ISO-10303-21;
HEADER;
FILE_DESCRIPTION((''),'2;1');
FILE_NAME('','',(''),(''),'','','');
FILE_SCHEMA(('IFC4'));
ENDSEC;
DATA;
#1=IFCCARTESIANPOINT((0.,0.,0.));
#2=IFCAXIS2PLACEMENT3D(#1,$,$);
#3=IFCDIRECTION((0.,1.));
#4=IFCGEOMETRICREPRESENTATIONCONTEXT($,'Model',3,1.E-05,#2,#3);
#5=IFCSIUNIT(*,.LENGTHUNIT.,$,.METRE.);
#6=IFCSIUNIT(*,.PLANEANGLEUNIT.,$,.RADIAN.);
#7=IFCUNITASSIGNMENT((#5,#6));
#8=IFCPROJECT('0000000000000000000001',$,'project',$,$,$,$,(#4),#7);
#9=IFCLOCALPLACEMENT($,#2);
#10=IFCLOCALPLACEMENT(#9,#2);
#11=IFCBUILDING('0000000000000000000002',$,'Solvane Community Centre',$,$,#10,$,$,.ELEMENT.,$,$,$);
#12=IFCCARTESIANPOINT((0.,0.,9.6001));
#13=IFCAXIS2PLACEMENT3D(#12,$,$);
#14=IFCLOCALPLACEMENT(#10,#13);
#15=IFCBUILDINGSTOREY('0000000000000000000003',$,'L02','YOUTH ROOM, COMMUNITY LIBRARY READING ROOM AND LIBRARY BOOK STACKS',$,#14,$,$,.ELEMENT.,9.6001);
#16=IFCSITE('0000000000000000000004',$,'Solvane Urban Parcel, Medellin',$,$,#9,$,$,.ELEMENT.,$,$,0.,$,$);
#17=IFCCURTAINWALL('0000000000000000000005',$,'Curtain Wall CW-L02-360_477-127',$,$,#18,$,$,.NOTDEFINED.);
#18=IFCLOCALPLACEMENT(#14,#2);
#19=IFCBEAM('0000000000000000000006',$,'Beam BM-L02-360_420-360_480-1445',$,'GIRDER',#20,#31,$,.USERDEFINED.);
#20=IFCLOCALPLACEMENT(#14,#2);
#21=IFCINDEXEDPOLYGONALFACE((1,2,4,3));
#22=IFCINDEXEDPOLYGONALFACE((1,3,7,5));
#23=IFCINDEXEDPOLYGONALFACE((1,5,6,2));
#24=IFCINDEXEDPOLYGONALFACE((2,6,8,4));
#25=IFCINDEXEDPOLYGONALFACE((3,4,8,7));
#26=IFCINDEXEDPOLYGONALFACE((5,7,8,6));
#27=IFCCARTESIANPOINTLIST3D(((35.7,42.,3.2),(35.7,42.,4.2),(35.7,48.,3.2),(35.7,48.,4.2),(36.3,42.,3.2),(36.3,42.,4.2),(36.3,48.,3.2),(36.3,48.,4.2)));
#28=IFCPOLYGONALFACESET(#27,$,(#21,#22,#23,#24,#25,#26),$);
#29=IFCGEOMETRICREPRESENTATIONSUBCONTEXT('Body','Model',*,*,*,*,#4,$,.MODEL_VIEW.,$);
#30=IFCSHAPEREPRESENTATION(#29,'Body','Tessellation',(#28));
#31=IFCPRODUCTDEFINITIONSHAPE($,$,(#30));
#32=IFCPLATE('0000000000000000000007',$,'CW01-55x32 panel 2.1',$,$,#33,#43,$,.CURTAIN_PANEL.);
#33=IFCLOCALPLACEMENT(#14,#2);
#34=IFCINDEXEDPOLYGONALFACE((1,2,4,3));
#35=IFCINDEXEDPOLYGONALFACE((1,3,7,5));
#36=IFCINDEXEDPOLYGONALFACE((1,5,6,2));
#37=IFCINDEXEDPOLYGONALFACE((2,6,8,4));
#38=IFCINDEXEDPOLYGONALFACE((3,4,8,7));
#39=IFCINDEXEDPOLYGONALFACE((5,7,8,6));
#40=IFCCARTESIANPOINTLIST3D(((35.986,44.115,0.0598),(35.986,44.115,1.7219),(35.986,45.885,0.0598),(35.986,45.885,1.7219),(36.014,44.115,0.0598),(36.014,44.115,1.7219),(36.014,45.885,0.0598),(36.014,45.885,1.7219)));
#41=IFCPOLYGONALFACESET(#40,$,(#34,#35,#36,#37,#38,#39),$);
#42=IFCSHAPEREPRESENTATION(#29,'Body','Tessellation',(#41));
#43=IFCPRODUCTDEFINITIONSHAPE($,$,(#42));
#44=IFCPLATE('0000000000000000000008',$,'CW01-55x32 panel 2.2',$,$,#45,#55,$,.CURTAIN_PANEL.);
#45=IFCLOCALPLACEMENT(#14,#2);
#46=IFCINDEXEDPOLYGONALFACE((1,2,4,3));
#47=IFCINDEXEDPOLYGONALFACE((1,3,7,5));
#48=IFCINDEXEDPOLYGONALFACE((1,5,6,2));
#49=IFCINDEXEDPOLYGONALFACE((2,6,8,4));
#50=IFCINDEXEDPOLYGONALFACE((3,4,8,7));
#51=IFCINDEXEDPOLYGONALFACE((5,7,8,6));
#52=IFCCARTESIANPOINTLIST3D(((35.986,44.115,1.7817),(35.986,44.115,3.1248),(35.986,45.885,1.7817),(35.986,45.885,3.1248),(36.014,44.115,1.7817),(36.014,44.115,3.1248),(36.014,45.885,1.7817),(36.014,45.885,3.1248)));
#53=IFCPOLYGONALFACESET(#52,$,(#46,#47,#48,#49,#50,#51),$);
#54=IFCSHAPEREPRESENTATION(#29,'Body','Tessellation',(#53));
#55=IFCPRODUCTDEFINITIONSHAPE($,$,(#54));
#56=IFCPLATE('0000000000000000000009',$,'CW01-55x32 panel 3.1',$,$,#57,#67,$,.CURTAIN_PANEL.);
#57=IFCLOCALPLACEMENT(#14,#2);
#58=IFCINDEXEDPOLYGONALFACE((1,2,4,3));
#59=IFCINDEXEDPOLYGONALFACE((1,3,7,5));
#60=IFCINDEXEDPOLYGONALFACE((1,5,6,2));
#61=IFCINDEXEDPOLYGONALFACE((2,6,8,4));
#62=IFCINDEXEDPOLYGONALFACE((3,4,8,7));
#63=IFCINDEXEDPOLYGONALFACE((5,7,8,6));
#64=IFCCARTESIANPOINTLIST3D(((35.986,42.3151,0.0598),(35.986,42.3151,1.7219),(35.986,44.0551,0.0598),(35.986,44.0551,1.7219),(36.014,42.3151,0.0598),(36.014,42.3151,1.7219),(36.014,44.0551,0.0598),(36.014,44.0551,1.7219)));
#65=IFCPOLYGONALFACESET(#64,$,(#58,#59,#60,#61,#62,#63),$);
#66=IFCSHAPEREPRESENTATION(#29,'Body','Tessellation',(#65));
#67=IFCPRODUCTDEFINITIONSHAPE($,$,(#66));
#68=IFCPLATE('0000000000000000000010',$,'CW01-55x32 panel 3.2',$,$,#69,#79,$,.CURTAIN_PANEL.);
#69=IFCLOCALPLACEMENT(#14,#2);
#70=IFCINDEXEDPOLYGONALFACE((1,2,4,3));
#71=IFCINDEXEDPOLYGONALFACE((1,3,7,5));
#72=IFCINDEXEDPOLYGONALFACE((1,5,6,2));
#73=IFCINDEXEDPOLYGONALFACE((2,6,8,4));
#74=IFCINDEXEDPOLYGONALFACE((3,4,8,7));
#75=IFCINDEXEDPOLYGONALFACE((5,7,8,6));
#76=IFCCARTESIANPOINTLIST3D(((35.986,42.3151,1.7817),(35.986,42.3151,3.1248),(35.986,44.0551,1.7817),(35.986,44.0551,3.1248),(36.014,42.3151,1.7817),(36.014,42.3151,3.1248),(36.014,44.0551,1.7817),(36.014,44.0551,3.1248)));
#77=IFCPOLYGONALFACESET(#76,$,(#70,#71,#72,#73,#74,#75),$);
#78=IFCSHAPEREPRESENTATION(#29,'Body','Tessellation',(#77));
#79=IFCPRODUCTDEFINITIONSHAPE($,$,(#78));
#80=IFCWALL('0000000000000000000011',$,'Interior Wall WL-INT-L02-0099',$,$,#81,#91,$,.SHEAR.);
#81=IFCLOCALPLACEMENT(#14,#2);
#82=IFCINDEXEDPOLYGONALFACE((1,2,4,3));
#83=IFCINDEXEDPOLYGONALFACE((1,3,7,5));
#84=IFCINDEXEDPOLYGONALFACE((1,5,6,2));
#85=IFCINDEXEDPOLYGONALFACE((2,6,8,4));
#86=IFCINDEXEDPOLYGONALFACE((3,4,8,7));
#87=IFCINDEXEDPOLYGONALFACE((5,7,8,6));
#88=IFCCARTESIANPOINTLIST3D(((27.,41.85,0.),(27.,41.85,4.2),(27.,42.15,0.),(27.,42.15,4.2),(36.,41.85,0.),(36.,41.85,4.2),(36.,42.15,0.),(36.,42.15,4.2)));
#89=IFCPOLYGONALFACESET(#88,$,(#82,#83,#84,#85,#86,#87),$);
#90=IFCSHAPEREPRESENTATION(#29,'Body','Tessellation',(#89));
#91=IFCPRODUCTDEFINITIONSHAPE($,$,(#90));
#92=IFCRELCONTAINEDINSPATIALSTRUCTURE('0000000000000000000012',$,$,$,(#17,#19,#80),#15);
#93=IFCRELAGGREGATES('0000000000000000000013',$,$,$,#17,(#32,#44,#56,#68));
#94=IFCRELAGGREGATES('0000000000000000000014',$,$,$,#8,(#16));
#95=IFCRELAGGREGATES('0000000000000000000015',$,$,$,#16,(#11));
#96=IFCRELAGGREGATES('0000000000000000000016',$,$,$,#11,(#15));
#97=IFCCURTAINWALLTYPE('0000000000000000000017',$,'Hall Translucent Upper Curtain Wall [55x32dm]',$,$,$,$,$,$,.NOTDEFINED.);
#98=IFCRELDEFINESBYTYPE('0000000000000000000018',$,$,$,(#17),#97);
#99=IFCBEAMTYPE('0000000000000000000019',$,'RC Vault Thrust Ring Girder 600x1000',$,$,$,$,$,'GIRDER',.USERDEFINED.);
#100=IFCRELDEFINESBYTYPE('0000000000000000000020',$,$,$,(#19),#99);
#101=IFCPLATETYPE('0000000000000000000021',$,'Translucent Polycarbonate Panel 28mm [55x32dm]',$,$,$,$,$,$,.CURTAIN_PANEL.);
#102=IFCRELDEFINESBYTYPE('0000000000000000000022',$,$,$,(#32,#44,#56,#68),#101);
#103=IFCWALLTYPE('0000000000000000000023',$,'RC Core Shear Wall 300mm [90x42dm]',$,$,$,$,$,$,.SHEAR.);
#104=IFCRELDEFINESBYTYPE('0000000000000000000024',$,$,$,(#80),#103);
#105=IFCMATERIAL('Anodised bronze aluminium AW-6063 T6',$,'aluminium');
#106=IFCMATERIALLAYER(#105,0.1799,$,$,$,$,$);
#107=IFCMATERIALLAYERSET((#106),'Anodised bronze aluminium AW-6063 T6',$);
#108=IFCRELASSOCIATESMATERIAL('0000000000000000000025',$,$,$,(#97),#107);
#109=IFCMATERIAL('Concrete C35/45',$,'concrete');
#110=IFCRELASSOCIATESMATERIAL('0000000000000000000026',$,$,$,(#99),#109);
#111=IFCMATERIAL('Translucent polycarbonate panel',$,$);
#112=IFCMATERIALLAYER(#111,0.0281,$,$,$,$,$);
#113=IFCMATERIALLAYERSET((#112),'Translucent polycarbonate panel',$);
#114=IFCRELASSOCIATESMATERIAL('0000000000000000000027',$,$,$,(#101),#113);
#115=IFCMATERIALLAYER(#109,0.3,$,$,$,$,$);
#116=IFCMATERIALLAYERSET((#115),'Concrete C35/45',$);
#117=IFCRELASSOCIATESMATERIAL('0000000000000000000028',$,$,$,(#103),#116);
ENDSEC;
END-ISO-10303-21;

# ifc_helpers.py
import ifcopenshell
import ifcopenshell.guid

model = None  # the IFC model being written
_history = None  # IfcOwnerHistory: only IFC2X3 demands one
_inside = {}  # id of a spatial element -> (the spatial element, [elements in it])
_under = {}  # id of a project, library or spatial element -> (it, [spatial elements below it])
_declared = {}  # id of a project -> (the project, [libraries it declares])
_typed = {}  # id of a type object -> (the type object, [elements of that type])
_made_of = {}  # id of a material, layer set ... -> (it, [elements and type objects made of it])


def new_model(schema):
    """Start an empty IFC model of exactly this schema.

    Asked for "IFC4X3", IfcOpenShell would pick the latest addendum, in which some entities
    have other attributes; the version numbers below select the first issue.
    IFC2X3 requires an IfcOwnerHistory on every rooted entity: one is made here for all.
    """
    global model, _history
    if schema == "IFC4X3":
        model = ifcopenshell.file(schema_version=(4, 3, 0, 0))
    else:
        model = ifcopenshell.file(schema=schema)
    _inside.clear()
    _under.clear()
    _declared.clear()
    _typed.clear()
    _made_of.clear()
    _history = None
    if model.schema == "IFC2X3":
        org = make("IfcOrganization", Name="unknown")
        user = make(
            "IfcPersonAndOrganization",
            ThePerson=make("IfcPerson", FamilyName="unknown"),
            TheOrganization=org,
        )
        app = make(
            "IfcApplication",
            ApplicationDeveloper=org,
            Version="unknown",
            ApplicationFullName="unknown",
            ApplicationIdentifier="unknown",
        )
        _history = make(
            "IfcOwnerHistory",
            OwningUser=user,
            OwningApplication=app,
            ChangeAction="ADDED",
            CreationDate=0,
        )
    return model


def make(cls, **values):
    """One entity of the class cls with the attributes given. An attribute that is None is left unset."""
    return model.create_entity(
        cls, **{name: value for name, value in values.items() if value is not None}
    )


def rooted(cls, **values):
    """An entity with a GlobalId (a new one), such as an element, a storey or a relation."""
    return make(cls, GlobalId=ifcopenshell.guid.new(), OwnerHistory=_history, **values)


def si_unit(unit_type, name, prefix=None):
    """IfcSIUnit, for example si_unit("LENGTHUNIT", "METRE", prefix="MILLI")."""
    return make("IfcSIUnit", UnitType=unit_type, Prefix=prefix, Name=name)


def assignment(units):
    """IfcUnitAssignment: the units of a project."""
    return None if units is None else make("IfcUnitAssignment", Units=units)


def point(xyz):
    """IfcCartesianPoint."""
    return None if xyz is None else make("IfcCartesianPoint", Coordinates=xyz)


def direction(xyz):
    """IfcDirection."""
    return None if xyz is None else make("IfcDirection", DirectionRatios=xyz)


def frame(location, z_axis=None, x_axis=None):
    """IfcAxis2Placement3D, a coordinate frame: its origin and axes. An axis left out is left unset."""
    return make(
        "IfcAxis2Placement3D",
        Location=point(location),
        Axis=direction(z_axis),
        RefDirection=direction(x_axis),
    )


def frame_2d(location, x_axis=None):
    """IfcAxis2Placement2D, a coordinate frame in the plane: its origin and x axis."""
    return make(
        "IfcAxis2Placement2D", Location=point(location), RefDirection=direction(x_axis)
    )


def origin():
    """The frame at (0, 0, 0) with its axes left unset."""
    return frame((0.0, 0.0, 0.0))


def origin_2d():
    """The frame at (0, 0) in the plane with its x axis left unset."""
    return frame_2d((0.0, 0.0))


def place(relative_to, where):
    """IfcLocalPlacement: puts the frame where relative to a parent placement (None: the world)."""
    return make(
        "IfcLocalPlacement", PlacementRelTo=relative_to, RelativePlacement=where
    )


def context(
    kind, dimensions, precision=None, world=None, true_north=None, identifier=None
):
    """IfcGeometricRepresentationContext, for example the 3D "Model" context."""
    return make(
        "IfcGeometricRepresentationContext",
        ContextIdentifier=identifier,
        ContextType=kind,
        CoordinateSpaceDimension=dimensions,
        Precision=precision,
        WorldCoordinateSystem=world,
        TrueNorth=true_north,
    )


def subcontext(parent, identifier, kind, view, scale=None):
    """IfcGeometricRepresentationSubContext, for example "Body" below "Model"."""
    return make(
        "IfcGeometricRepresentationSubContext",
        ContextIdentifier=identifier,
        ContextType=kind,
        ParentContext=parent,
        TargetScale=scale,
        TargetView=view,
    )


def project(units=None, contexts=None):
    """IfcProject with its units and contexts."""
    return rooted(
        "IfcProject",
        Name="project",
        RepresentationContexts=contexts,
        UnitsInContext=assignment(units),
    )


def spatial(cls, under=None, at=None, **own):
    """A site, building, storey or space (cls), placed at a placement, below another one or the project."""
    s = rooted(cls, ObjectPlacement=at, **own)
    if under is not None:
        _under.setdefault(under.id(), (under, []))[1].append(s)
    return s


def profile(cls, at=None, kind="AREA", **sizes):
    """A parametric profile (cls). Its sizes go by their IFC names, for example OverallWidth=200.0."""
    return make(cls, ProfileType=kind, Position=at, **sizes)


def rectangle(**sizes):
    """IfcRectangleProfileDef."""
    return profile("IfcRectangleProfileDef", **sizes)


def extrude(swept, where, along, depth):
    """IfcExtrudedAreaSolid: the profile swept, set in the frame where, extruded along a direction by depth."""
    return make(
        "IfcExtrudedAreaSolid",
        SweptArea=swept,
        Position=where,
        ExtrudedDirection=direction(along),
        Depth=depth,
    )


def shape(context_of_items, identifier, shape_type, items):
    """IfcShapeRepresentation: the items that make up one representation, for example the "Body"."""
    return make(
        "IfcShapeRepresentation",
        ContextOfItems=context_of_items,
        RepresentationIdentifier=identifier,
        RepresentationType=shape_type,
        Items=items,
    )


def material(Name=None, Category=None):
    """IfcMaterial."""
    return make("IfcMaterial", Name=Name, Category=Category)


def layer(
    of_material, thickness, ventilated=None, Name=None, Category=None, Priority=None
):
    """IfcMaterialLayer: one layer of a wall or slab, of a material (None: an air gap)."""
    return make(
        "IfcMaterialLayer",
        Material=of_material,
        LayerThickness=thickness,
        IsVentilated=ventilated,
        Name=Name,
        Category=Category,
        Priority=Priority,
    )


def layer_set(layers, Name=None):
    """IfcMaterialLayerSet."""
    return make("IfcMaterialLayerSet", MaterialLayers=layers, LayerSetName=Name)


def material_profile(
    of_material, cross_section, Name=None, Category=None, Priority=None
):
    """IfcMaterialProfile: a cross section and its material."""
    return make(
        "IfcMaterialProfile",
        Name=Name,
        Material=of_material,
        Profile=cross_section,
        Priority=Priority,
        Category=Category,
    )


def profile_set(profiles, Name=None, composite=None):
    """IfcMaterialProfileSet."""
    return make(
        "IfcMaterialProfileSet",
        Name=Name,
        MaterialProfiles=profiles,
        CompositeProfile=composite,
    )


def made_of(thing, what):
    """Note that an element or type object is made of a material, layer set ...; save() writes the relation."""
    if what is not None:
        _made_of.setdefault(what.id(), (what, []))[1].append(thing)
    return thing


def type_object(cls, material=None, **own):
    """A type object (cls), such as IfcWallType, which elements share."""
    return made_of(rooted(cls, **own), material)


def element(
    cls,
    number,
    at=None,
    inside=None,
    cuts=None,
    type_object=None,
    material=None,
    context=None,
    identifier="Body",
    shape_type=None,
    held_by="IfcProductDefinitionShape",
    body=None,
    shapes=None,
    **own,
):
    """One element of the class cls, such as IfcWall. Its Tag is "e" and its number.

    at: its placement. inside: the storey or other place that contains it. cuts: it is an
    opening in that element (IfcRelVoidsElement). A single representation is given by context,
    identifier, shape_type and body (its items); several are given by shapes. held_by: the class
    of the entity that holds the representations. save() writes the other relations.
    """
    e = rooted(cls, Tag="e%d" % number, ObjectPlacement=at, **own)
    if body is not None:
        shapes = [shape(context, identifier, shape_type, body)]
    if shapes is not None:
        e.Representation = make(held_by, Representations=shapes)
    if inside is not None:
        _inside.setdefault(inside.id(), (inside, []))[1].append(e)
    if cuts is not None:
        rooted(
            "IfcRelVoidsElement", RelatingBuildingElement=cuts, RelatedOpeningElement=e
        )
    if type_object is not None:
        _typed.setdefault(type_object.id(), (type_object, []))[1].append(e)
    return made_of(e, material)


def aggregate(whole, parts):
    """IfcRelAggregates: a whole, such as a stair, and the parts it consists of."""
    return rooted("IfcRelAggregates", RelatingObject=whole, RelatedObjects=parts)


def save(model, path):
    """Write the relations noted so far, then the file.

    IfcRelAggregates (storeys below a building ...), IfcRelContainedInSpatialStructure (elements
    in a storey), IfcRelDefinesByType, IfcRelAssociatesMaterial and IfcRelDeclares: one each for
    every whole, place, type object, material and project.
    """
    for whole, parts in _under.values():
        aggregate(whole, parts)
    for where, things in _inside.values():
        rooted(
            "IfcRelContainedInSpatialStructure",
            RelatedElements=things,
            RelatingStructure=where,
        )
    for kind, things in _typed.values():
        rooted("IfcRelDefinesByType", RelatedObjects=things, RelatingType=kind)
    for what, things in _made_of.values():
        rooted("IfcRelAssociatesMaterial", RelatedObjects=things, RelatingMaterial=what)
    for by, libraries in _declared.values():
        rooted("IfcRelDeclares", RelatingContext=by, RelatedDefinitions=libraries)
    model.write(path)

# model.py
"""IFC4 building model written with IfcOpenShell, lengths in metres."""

from ifc_helpers import new_model, si_unit, direction, frame, frame_2d, origin, origin_2d, place, context, subcontext, project, spatial, rectangle, extrude, material, layer, layer_set, material_profile, profile_set, type_object, element, aggregate, save


model = new_model("IFC4")

# Units and contexts
model_context = context("Model", 3, precision=1e-05, world=origin(), true_north=direction((0.0, 1.0)))
body_context = subcontext(model_context, "Body", "Model", "MODEL_VIEW")
ifc_project = project(units=[si_unit("LENGTHUNIT", "METRE"), si_unit("PLANEANGLEUNIT", "RADIAN")], contexts=[model_context])

# Site, building, storey
site_placement = place(None, origin())
site = spatial("IfcSite", under=ifc_project, at=site_placement, Name="Solvane Urban Parcel, Medellin", CompositionType="ELEMENT", RefElevation=0.0)
building_placement = place(site_placement, origin())
building = spatial("IfcBuilding", under=site, at=building_placement, Name="Solvane Community Centre", CompositionType="ELEMENT")
storey_placement = place(building_placement, frame((0.0, 0.0, 9.6001)))
storey = spatial("IfcBuildingStorey", under=building, at=storey_placement, Name="L02", Description="YOUTH ROOM, COMMUNITY LIBRARY READING ROOM AND LIBRARY BOOK STACKS", CompositionType="ELEMENT", Elevation=9.6001)

# Curtain wall
ifc_material_1 = material(Name="Anodised bronze aluminium AW-6063 T6", Category="aluminium")
ifc_layer_1 = layer(ifc_material_1, 0.1799)
ifc_layer_set_1 = layer_set([ifc_layer_1], Name="Anodised bronze aluminium AW-6063 T6")
curtain_wall_type = type_object("IfcCurtainWallType", Name="Hall Translucent Upper Curtain Wall [55x32dm]", PredefinedType="NOTDEFINED", material=ifc_layer_set_1)
curtain_wall_1_placement = place(storey_placement, origin())
curtain_wall_1 = element("IfcCurtainWall", 1, at=curtain_wall_1_placement, inside=storey, type_object=curtain_wall_type, Name="Curtain Wall CW-L02-360_477-127", PredefinedType="NOTDEFINED")

# Beam
ifc_material_2 = material(Name="Concrete C35/45", Category="concrete")
ifc_material_profile_1 = material_profile(ifc_material_2, rectangle(XDim=0.6001, YDim=1.0, at=origin_2d()), Name="RC 600x1000")
ifc_profile_set_1 = profile_set([ifc_material_profile_1], Name="Concrete C35/45")
beam_type = type_object("IfcBeamType", Name="RC Vault Thrust Ring Girder 600x1000", ElementType="GIRDER", PredefinedType="USERDEFINED", material=ifc_profile_set_1)
for number, where, z_axis, x_axis, name in (
    (2, (36.0, 42.0, 3.7), (0.0, 1.0, 0.0), (-1.0, 0.0, 0.0), "Beam BM-L02-360_420-360_480-1445"),
):
    element("IfcBeam", number, at=place(storey_placement, frame(where, z_axis=z_axis, x_axis=x_axis)), inside=storey, type_object=beam_type, Name=name, ObjectType="GIRDER", PredefinedType="USERDEFINED", context=body_context, shape_type="SweptSolid", body=[
        extrude(rectangle(XDim=0.6001, YDim=1.0, at=origin_2d()), origin(), (0.0, 0.0, 1.0), 6.0),
    ])

# Plates
ifc_material_3 = material(Name="Translucent polycarbonate panel")
ifc_layer_2 = layer(ifc_material_3, 0.0281)
ifc_layer_set_2 = layer_set([ifc_layer_2], Name="Translucent polycarbonate panel")
plate_type = type_object("IfcPlateType", Name="Translucent Polycarbonate Panel 28mm [55x32dm]", PredefinedType="CURTAIN_PANEL", material=ifc_layer_set_2)
plate_1_placement = place(storey_placement, frame((36.0, 45.0, 0.0598), z_axis=(0.0, 0.0, 1.0), x_axis=(0.0, -1.0, 0.0)))
plate_1 = element("IfcPlate", 3, at=plate_1_placement, type_object=plate_type, Name="CW01-55x32 panel 2.1", PredefinedType="CURTAIN_PANEL", context=body_context, shape_type="SweptSolid", body=[
    extrude(rectangle(XDim=1.77, YDim=0.0281, at=origin_2d()), origin(), (0.0, 0.0, 1.0), 1.6621),
])
plate_2_placement = place(storey_placement, frame((36.0, 45.0, 1.7817), z_axis=(0.0, 0.0, 1.0), x_axis=(0.0, -1.0, 0.0)))
plate_2 = element("IfcPlate", 4, at=plate_2_placement, type_object=plate_type, Name="CW01-55x32 panel 2.2", PredefinedType="CURTAIN_PANEL", context=body_context, shape_type="SweptSolid", body=[
    extrude(rectangle(XDim=1.77, YDim=0.0281, at=origin_2d()), origin(), (0.0, 0.0, 1.0), 1.343),
])
plate_3_placement = place(storey_placement, frame((36.0, 43.1851, 0.0598), z_axis=(0.0, 0.0, 1.0), x_axis=(0.0, -1.0, 0.0)))
plate_3 = element("IfcPlate", 5, at=plate_3_placement, type_object=plate_type, Name="CW01-55x32 panel 3.1", PredefinedType="CURTAIN_PANEL", context=body_context, shape_type="SweptSolid", body=[
    extrude(rectangle(XDim=1.74, YDim=0.0281, at=origin_2d()), origin(), (0.0, 0.0, 1.0), 1.6621),
])
plate_4_placement = place(storey_placement, frame((36.0, 43.1851, 1.7817), z_axis=(0.0, 0.0, 1.0), x_axis=(0.0, -1.0, 0.0)))
plate_4 = element("IfcPlate", 6, at=plate_4_placement, type_object=plate_type, Name="CW01-55x32 panel 3.2", PredefinedType="CURTAIN_PANEL", context=body_context, shape_type="SweptSolid", body=[
    extrude(rectangle(XDim=1.74, YDim=0.0281, at=origin_2d()), origin(), (0.0, 0.0, 1.0), 1.343),
])
aggregate(curtain_wall_1, [plate_1, plate_2, plate_3, plate_4])

# Wall
ifc_layer_3 = layer(ifc_material_2, 0.3)
ifc_layer_set_3 = layer_set([ifc_layer_3], Name="Concrete C35/45")
wall_type = type_object("IfcWallType", Name="RC Core Shear Wall 300mm [90x42dm]", PredefinedType="SHEAR", material=ifc_layer_set_3)
wall_placement = place(storey_placement, frame((36.0, 42.0, 0.0), z_axis=(0.0, 0.0, 1.0), x_axis=(-1.0, 0.0, 0.0)))
element("IfcWall", 7, at=wall_placement, inside=storey, type_object=wall_type, Name="Interior Wall WL-INT-L02-0099", PredefinedType="SHEAR", context=body_context, shape_type="SweptSolid", body=[
    extrude(rectangle(XDim=9.0, YDim=0.3, at=frame_2d((4.5, 0.0))), origin(), (0.0, 0.0, 1.0), 4.2),
])

save(model, "model.ifc")
